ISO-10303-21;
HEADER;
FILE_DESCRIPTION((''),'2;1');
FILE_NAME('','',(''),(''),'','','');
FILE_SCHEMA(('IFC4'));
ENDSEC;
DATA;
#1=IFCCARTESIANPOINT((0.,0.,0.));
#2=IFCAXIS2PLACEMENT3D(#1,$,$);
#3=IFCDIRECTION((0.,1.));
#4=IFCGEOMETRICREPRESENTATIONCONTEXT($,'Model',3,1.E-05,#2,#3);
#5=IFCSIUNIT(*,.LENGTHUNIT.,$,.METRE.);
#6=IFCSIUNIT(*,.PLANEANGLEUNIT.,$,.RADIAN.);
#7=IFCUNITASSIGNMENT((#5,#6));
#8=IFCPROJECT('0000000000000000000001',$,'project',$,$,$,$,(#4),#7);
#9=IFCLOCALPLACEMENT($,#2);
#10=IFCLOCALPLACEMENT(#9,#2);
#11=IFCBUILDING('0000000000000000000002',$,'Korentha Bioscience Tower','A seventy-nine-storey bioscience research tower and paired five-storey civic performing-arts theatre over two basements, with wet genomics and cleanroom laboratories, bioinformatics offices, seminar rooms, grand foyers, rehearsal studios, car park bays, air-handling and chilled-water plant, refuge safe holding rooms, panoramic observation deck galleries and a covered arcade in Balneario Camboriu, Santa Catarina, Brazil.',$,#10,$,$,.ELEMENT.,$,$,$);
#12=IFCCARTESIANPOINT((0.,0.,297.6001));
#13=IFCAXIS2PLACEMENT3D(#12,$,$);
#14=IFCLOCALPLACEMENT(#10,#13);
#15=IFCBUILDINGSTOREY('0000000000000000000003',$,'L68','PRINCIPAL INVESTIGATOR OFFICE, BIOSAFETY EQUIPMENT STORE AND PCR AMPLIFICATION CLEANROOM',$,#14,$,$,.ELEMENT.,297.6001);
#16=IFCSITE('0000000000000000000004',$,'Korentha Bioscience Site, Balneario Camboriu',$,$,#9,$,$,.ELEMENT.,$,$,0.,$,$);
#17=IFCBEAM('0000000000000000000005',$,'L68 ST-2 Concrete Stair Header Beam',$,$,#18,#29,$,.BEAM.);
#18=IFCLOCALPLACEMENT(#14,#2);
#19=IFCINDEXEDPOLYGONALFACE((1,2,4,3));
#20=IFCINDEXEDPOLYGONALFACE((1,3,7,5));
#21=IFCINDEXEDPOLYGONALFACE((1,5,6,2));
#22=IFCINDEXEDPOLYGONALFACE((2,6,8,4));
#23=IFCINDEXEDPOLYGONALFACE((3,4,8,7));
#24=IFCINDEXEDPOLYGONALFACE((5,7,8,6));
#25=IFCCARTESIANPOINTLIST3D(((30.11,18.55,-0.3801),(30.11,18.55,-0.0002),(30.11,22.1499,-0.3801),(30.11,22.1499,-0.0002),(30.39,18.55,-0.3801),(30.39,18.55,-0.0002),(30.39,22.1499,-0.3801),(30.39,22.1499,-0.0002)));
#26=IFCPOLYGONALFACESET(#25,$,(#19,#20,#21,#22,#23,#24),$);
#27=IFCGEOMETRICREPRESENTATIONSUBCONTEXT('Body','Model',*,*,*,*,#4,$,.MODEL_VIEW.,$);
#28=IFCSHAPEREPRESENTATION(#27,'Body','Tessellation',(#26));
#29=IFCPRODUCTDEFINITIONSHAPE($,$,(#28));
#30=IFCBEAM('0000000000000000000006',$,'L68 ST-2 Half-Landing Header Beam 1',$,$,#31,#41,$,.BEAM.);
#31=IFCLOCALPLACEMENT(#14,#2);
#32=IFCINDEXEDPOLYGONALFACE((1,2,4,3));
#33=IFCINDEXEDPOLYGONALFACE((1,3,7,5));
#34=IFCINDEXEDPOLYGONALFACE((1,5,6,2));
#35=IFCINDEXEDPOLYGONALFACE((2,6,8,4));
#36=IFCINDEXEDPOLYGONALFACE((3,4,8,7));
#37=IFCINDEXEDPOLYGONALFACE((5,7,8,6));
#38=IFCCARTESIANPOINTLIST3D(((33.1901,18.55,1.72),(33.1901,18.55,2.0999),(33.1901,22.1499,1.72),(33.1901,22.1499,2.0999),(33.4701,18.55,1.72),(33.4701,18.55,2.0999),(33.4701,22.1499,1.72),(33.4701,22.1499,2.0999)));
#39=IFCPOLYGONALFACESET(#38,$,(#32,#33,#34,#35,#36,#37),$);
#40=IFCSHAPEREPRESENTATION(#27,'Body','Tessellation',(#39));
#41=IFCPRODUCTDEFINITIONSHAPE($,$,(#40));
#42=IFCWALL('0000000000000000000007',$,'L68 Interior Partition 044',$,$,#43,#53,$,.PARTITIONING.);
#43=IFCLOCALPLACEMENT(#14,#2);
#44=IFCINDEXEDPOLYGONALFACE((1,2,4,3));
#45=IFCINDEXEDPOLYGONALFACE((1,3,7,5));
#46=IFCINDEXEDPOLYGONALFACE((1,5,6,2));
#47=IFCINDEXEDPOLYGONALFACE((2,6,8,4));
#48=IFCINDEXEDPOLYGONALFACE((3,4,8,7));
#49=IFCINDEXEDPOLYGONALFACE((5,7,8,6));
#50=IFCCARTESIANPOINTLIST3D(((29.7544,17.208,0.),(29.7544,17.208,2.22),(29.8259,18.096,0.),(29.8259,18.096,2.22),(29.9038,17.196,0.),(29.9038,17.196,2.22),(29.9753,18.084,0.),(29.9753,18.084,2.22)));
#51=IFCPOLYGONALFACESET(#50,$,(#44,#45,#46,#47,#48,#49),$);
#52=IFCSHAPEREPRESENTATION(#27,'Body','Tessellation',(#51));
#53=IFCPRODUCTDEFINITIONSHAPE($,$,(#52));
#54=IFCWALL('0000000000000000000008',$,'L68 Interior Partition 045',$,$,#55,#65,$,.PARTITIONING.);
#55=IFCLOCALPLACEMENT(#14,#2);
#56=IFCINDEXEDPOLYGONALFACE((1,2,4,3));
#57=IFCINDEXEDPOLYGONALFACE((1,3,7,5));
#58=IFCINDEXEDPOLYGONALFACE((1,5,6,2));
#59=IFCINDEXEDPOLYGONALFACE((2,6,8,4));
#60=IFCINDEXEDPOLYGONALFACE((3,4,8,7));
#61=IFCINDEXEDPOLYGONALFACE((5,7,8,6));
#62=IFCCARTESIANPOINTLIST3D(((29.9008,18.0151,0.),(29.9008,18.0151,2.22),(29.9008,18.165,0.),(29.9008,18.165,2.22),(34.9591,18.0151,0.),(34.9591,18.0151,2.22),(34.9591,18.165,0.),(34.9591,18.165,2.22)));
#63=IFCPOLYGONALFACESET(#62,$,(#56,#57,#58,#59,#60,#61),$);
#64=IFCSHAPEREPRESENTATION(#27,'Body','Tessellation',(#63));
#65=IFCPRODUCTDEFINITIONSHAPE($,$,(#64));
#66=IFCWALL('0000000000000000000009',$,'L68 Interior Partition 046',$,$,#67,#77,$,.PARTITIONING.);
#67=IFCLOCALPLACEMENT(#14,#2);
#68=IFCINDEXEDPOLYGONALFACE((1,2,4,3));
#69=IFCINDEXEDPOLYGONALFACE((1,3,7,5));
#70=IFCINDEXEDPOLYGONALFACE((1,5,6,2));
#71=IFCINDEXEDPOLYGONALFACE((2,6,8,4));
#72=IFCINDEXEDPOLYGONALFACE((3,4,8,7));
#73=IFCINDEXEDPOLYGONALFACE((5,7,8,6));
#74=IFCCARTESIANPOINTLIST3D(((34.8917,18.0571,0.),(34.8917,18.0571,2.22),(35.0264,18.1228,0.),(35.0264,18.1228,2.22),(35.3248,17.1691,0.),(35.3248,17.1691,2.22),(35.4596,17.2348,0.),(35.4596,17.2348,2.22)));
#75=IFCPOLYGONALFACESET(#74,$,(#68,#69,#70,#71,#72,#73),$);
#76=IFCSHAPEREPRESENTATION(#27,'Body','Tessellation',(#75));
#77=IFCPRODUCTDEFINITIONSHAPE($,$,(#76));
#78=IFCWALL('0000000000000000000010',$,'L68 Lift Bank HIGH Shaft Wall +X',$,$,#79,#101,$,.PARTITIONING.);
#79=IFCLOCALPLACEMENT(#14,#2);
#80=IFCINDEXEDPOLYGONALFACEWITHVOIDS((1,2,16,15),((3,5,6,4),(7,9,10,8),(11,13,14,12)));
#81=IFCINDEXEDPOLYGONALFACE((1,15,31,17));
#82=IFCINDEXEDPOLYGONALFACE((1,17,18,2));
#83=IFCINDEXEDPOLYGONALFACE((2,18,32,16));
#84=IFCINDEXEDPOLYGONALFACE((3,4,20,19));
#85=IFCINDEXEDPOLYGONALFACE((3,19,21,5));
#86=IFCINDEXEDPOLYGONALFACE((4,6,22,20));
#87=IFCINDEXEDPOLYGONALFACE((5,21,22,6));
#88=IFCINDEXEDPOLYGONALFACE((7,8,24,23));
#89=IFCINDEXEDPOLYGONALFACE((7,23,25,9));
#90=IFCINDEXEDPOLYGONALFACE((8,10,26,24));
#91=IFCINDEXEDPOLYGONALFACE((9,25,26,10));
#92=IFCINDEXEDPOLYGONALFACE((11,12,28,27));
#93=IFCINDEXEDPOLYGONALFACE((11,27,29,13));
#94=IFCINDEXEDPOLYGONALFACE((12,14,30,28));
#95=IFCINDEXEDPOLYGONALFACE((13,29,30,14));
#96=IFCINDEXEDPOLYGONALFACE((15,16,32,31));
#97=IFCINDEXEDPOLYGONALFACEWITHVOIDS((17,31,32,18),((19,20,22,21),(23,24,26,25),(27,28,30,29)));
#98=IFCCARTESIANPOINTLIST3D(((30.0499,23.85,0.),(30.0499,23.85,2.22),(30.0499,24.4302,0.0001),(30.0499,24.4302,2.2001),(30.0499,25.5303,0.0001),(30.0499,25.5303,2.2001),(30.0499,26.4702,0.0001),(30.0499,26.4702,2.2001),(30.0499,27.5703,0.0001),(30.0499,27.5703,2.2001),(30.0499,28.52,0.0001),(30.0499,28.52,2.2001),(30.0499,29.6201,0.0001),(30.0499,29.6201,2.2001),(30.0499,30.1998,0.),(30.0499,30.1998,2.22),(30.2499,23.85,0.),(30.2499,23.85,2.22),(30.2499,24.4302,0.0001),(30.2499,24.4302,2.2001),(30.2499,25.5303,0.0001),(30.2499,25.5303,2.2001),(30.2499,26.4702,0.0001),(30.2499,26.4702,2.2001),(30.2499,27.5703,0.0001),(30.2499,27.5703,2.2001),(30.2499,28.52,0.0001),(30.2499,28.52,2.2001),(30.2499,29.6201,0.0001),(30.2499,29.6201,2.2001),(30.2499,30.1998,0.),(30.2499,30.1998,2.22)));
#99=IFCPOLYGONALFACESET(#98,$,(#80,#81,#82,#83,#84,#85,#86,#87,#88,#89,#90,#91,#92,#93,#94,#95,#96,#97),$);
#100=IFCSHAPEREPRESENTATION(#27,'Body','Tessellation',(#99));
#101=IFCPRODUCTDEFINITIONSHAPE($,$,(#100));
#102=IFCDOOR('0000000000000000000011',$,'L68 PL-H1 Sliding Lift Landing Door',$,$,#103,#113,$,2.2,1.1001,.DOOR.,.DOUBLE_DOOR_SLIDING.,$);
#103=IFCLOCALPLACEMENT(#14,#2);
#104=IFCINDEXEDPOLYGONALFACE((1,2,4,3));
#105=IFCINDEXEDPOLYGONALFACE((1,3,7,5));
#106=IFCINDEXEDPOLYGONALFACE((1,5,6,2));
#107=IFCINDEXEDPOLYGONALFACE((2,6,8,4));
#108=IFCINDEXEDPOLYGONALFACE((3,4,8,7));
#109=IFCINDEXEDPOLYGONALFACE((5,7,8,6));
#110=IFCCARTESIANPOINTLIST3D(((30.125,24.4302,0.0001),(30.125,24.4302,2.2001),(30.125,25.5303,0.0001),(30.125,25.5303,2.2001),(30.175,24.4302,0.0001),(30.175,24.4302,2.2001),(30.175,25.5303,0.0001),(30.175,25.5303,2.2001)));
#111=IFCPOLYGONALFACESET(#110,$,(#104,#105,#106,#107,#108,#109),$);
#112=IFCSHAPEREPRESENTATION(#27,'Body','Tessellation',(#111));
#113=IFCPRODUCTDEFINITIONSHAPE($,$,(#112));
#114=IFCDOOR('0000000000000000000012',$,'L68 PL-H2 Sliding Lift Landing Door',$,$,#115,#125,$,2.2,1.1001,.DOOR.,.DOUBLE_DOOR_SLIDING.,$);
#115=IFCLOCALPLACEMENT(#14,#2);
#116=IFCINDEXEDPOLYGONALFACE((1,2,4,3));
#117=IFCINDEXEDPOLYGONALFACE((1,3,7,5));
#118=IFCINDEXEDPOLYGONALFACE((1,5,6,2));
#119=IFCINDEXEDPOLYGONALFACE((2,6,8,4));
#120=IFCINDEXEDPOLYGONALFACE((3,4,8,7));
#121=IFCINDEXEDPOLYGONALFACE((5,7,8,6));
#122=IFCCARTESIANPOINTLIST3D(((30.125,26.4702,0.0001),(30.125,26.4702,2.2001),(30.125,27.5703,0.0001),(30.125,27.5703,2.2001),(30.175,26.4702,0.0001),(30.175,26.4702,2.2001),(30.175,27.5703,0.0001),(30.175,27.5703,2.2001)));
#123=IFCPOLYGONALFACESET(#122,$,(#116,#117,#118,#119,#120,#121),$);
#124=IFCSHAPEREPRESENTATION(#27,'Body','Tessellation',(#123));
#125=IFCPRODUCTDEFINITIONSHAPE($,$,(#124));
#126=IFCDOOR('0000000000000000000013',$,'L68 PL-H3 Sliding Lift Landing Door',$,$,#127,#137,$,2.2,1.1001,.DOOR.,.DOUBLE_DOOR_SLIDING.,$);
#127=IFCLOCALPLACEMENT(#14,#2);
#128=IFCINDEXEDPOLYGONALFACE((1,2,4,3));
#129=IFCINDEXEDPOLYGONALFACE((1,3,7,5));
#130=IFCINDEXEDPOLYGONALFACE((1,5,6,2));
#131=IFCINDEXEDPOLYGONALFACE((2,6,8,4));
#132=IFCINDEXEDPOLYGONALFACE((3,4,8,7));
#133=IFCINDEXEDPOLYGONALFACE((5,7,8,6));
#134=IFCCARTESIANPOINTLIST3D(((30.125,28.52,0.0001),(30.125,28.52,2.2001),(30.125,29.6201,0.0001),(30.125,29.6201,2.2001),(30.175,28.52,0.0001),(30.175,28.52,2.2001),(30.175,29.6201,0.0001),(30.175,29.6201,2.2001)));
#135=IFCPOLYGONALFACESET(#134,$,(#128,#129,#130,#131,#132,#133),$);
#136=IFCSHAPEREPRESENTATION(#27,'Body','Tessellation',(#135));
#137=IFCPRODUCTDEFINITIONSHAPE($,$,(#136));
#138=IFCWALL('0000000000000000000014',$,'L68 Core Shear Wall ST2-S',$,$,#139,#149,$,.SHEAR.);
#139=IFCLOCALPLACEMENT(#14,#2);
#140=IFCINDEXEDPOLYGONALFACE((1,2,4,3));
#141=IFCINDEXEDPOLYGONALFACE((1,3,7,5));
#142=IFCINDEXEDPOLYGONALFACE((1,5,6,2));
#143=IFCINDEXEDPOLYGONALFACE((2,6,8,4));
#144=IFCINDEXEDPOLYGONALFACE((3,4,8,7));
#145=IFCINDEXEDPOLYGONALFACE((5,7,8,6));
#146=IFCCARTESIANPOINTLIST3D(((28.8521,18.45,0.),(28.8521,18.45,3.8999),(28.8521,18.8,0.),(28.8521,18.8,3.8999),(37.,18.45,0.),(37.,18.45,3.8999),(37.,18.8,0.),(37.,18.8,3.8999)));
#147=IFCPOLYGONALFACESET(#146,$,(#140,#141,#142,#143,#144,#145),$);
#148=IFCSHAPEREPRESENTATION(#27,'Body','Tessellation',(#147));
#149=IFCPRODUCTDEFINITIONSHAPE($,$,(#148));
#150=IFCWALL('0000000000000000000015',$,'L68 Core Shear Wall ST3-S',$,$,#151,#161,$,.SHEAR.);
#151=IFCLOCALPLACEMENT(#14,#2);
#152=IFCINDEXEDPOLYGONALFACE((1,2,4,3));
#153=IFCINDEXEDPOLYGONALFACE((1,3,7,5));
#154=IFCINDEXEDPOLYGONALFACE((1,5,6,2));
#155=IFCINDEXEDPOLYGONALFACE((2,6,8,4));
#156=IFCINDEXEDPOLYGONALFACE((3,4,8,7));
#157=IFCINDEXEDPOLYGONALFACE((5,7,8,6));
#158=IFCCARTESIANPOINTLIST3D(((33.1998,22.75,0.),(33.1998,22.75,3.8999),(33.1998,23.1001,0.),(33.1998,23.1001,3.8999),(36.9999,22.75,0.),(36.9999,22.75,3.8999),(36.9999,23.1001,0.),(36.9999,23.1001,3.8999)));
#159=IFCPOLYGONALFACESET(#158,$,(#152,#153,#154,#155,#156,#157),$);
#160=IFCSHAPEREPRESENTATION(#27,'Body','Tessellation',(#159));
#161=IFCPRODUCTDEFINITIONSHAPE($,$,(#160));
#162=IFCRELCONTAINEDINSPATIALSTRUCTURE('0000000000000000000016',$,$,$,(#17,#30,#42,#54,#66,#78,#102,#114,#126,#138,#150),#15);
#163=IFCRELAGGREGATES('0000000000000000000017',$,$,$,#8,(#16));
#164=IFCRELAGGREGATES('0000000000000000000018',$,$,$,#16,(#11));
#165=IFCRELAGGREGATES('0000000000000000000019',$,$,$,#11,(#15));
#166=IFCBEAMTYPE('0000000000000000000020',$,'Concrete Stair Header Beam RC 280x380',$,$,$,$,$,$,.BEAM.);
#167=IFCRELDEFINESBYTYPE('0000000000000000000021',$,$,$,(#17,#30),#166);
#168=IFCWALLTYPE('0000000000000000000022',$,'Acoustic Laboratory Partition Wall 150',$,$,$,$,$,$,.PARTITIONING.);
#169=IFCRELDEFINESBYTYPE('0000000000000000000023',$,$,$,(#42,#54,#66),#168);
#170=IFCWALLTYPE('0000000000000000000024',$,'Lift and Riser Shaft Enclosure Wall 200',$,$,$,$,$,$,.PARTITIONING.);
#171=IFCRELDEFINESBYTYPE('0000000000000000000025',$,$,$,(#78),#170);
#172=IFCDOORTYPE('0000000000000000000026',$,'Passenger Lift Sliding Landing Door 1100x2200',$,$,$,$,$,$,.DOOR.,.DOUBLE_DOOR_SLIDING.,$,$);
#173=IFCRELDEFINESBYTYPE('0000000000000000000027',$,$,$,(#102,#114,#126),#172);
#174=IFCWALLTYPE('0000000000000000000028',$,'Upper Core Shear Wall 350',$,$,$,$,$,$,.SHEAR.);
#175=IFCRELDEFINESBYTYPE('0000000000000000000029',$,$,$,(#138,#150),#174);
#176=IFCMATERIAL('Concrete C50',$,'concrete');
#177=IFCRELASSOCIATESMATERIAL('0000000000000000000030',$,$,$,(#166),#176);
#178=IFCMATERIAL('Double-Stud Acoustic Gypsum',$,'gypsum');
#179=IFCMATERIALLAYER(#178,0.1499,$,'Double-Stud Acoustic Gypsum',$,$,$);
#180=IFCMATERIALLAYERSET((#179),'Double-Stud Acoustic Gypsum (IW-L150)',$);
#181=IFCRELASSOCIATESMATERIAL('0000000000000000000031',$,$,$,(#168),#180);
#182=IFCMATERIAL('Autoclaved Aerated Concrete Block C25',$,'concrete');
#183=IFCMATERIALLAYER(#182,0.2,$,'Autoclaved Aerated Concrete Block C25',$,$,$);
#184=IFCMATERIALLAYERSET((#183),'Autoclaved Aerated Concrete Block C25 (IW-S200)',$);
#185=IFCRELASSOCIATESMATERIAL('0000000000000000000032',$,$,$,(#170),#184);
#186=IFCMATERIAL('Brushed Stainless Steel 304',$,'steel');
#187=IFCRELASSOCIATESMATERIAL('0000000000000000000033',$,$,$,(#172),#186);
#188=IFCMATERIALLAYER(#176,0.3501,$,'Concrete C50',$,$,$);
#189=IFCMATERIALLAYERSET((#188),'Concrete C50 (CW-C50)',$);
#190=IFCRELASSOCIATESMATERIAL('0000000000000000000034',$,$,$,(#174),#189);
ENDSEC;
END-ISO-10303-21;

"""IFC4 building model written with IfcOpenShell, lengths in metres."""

from ifc_helpers import new_model, si_unit, direction, frame, frame_2d, origin, origin_2d, place, context, subcontext, project, spatial, rectangle, extrude, material, layer, layer_set, material_profile, profile_set, type_object, element, fill, save


model = new_model("IFC4")

# Units and contexts
model_context = context("Model", 3, precision=1e-05, world=origin(), true_north=direction((0.0, 1.0)))
body_context = subcontext(model_context, "Body", "Model", "MODEL_VIEW")
ifc_project = project(units=[si_unit("LENGTHUNIT", "METRE"), si_unit("PLANEANGLEUNIT", "RADIAN")], contexts=[model_context])

# Site, building, storey
site_placement = place(None, origin())
site = spatial("IfcSite", under=ifc_project, at=site_placement, Name="Korentha Bioscience Site, Balneario Camboriu", CompositionType="ELEMENT", RefElevation=0.0)
building_placement = place(site_placement, origin())
building = spatial("IfcBuilding", under=site, at=building_placement, Name="Korentha Bioscience Tower", Description="A seventy-nine-storey bioscience research tower and paired five-storey civic performing-arts theatre over two basements, with wet genomics and cleanroom laboratories, bioinformatics offices, seminar rooms, grand foyers, rehearsal studios, car park bays, air-handling and chilled-water plant, refuge safe holding rooms, panoramic observation deck galleries and a covered arcade in Balneario Camboriu, Santa Catarina, Brazil.", CompositionType="ELEMENT")
storey_placement = place(building_placement, frame((0.0, 0.0, 297.6001)))
storey = spatial("IfcBuildingStorey", under=building, at=storey_placement, Name="L68", Description="PRINCIPAL INVESTIGATOR OFFICE, BIOSAFETY EQUIPMENT STORE AND PCR AMPLIFICATION CLEANROOM", CompositionType="ELEMENT", Elevation=297.6001)

# Beams
ifc_material_1 = material(Name="Concrete C50", Category="concrete")
ifc_material_profile = material_profile(ifc_material_1, rectangle(XDim=0.28, YDim=0.3799, at=origin_2d()), Name="Concrete C50")
ifc_profile_set = profile_set([ifc_material_profile], Name="Concrete C50 (ST-HB380)")
beam_type = type_object("IfcBeamType", Name="Concrete Stair Header Beam RC 280x380", PredefinedType="BEAM", material=ifc_profile_set)
for number, where, z_axis, x_axis, name in (
    (1, (30.25, 18.55, -0.1902), (0.0, 1.0, 0.0), (-1.0, 0.0, 0.0), "L68 ST-2 Concrete Stair Header Beam"),
    (2, (33.3301, 18.55, 1.9099), (0.0, 1.0, 0.0), (-1.0, 0.0, 0.0), "L68 ST-2 Half-Landing Header Beam 1"),
):
    element("IfcBeam", number, at=place(storey_placement, frame(where, z_axis=z_axis, x_axis=x_axis)), inside=storey, type_object=beam_type, Name=name, PredefinedType="BEAM", context=body_context, shape_type="SweptSolid", body=[
        extrude(rectangle(XDim=0.28, YDim=0.3799, at=origin_2d()), origin(), (0.0, 0.0, 1.0), 3.5999),
    ])

# Walls
ifc_material_2 = material(Name="Double-Stud Acoustic Gypsum", Category="gypsum")
ifc_layer_1 = layer(ifc_material_2, 0.1499, Name="Double-Stud Acoustic Gypsum")
ifc_layer_set_1 = layer_set([ifc_layer_1], Name="Double-Stud Acoustic Gypsum (IW-L150)")
wall_type_1 = type_object("IfcWallType", Name="Acoustic Laboratory Partition Wall 150", PredefinedType="PARTITIONING", material=ifc_layer_set_1)
wall_1_placement = place(storey_placement, frame((29.8291, 17.2021, 0.0), z_axis=(0.0, 0.0, 1.0), x_axis=(0.080301, 0.996771, 0.0)))
element("IfcWall", 3, at=wall_1_placement, inside=storey, type_object=wall_type_1, Name="L68 Interior Partition 044", PredefinedType="PARTITIONING", context=body_context, shape_type="SweptSolid", body=[
    extrude(rectangle(XDim=0.8909, YDim=0.1499, at=frame_2d((0.4453, 0.0))), origin(), (0.0, 0.0, 1.0), 2.22),
])
wall_2_placement = place(storey_placement, frame((29.9006, 18.0901, 0.0), z_axis=(0.0, 0.0, 1.0), x_axis=(1.0, 0.0, 0.0)))
element("IfcWall", 4, at=wall_2_placement, inside=storey, type_object=wall_type_1, Name="L68 Interior Partition 045", PredefinedType="PARTITIONING", context=body_context, shape_type="SweptSolid", body=[
    extrude(rectangle(XDim=5.0583, YDim=0.1499, at=frame_2d((2.5293, 0.0))), origin(), (0.0, 0.0, 1.0), 2.22),
])
wall_3_placement = place(storey_placement, frame((34.959, 18.0901, 0.0), z_axis=(0.0, 0.0, 1.0), x_axis=(0.438394, -0.898783, 0.0)))
element("IfcWall", 5, at=wall_3_placement, inside=storey, type_object=wall_type_1, Name="L68 Interior Partition 046", PredefinedType="PARTITIONING", context=body_context, shape_type="SweptSolid", body=[
    extrude(rectangle(XDim=0.988, YDim=0.1499, at=frame_2d((0.4941, 0.0))), origin(), (0.0, 0.0, 1.0), 2.22),
])

# Wall, openings, doors
ifc_material_3 = material(Name="Autoclaved Aerated Concrete Block C25", Category="concrete")
ifc_layer_2 = layer(ifc_material_3, 0.2, Name="Autoclaved Aerated Concrete Block C25")
ifc_layer_set_2 = layer_set([ifc_layer_2], Name="Autoclaved Aerated Concrete Block C25 (IW-S200)")
wall_type_2 = type_object("IfcWallType", Name="Lift and Riser Shaft Enclosure Wall 200", PredefinedType="PARTITIONING", material=ifc_layer_set_2)
wall_4_placement = place(storey_placement, frame((30.1499, 23.8501, 0.0), z_axis=(0.0, 0.0, 1.0), x_axis=(0.0, 1.0, 0.0)))
wall_4 = element("IfcWall", 6, at=wall_4_placement, inside=storey, type_object=wall_type_2, Name="L68 Lift Bank HIGH Shaft Wall +X", PredefinedType="PARTITIONING", context=body_context, shape_type="SweptSolid", body=[
    extrude(rectangle(XDim=6.3499, YDim=0.2, at=frame_2d((3.1748, 0.0))), origin(), (0.0, 0.0, 1.0), 2.22),
])
opening_1_placement = place(wall_4_placement, frame((0.5801, 0.0, 0.0)))
opening_1 = element("IfcOpeningElement", 7, at=opening_1_placement, cuts=wall_4, PredefinedType="OPENING", context=body_context, shape_type="SweptSolid", body=[
    extrude(rectangle(XDim=1.1001, YDim=2.2, at=frame_2d((0.55, 1.1001))), frame((0.0, 0.1147, 0.0), z_axis=(0.0, -1.0, 0.0), x_axis=(1.0, 0.0, 0.0)), (0.0, 0.0, 1.0), 0.2297),
])
opening_2_placement = place(wall_4_placement, frame((2.6201, 0.0, 0.0)))
opening_2 = element("IfcOpeningElement", 8, at=opening_2_placement, cuts=wall_4, PredefinedType="OPENING", context=body_context, shape_type="SweptSolid", body=[
    extrude(rectangle(XDim=1.1001, YDim=2.2, at=frame_2d((0.55, 1.1001))), frame((0.0, 0.1147, 0.0), z_axis=(0.0, -1.0, 0.0), x_axis=(1.0, 0.0, 0.0)), (0.0, 0.0, 1.0), 0.2297),
])
opening_3_placement = place(wall_4_placement, frame((4.6699, 0.0, 0.0)))
opening_3 = element("IfcOpeningElement", 9, at=opening_3_placement, cuts=wall_4, PredefinedType="OPENING", context=body_context, shape_type="SweptSolid", body=[
    extrude(rectangle(XDim=1.1001, YDim=2.2, at=frame_2d((0.55, 1.1001))), frame((0.0, 0.1147, 0.0), z_axis=(0.0, -1.0, 0.0), x_axis=(1.0, 0.0, 0.0)), (0.0, 0.0, 1.0), 0.2297),
])
ifc_material_4 = material(Name="Brushed Stainless Steel 304", Category="steel")
door_type_1 = type_object("IfcDoorType", Name="Passenger Lift Sliding Landing Door 1100x2200", OperationType="DOUBLE_DOOR_SLIDING", PredefinedType="DOOR", material=ifc_material_4)
door_1_placement = place(opening_1_placement, origin())
door_1 = element("IfcDoor", 10, at=door_1_placement, inside=storey, type_object=door_type_1, Name="L68 PL-H1 Sliding Lift Landing Door", OperationType="DOUBLE_DOOR_SLIDING", OverallHeight=2.2, OverallWidth=1.1001, PredefinedType="DOOR", context=body_context, shape_type="SweptSolid", body=[
    extrude(rectangle(XDim=1.1001, YDim=2.2, at=frame_2d((0.55, 1.1001))), frame((0.0, 0.0249, 0.0), z_axis=(0.0, -1.0, 0.0), x_axis=(1.0, 0.0, 0.0)), (0.0, 0.0, 1.0), 0.05),
])
fill(opening_1, door_1)
door_2_placement = place(opening_2_placement, origin())
door_2 = element("IfcDoor", 11, at=door_2_placement, inside=storey, type_object=door_type_1, Name="L68 PL-H2 Sliding Lift Landing Door", OperationType="DOUBLE_DOOR_SLIDING", OverallHeight=2.2, OverallWidth=1.1001, PredefinedType="DOOR", context=body_context, shape_type="SweptSolid", body=[
    extrude(rectangle(XDim=1.1001, YDim=2.2, at=frame_2d((0.55, 1.1001))), frame((0.0, 0.0249, 0.0), z_axis=(0.0, -1.0, 0.0), x_axis=(1.0, 0.0, 0.0)), (0.0, 0.0, 1.0), 0.05),
])
fill(opening_2, door_2)
door_3_placement = place(opening_3_placement, origin())
door_3 = element("IfcDoor", 12, at=door_3_placement, inside=storey, type_object=door_type_1, Name="L68 PL-H3 Sliding Lift Landing Door", OperationType="DOUBLE_DOOR_SLIDING", OverallHeight=2.2, OverallWidth=1.1001, PredefinedType="DOOR", context=body_context, shape_type="SweptSolid", body=[
    extrude(rectangle(XDim=1.1001, YDim=2.2, at=frame_2d((0.55, 1.1001))), frame((0.0, 0.0249, 0.0), z_axis=(0.0, -1.0, 0.0), x_axis=(1.0, 0.0, 0.0)), (0.0, 0.0, 1.0), 0.05),
])
fill(opening_3, door_3)

# Walls
ifc_layer_3 = layer(ifc_material_1, 0.3501, Name="Concrete C50")
ifc_layer_set_3 = layer_set([ifc_layer_3], Name="Concrete C50 (CW-C50)")
wall_type_3 = type_object("IfcWallType", Name="Upper Core Shear Wall 350", PredefinedType="SHEAR", material=ifc_layer_set_3)
wall_5_placement = place(storey_placement, frame((28.8521, 18.625, 0.0), z_axis=(0.0, 0.0, 1.0), x_axis=(1.0, 0.0, 0.0)))
element("IfcWall", 13, at=wall_5_placement, inside=storey, type_object=wall_type_3, Name="L68 Core Shear Wall ST2-S", PredefinedType="SHEAR", context=body_context, shape_type="SweptSolid", body=[
    extrude(rectangle(XDim=8.1479, YDim=0.3501, at=frame_2d((4.074, 0.0))), origin(), (0.0, 0.0, 1.0), 3.8999),
])
wall_6_placement = place(storey_placement, frame((33.2, 22.925, 0.0), z_axis=(0.0, 0.0, 1.0), x_axis=(1.0, 0.0, 0.0)))
element("IfcWall", 14, at=wall_6_placement, inside=storey, type_object=wall_type_3, Name="L68 Core Shear Wall ST3-S", PredefinedType="SHEAR", context=body_context, shape_type="SweptSolid", body=[
    extrude(rectangle(XDim=3.8, YDim=0.3501, at=frame_2d((1.8999, 0.0))), origin(), (0.0, 0.0, 1.0), 3.8999),
])

save(model, "model.ifc")
